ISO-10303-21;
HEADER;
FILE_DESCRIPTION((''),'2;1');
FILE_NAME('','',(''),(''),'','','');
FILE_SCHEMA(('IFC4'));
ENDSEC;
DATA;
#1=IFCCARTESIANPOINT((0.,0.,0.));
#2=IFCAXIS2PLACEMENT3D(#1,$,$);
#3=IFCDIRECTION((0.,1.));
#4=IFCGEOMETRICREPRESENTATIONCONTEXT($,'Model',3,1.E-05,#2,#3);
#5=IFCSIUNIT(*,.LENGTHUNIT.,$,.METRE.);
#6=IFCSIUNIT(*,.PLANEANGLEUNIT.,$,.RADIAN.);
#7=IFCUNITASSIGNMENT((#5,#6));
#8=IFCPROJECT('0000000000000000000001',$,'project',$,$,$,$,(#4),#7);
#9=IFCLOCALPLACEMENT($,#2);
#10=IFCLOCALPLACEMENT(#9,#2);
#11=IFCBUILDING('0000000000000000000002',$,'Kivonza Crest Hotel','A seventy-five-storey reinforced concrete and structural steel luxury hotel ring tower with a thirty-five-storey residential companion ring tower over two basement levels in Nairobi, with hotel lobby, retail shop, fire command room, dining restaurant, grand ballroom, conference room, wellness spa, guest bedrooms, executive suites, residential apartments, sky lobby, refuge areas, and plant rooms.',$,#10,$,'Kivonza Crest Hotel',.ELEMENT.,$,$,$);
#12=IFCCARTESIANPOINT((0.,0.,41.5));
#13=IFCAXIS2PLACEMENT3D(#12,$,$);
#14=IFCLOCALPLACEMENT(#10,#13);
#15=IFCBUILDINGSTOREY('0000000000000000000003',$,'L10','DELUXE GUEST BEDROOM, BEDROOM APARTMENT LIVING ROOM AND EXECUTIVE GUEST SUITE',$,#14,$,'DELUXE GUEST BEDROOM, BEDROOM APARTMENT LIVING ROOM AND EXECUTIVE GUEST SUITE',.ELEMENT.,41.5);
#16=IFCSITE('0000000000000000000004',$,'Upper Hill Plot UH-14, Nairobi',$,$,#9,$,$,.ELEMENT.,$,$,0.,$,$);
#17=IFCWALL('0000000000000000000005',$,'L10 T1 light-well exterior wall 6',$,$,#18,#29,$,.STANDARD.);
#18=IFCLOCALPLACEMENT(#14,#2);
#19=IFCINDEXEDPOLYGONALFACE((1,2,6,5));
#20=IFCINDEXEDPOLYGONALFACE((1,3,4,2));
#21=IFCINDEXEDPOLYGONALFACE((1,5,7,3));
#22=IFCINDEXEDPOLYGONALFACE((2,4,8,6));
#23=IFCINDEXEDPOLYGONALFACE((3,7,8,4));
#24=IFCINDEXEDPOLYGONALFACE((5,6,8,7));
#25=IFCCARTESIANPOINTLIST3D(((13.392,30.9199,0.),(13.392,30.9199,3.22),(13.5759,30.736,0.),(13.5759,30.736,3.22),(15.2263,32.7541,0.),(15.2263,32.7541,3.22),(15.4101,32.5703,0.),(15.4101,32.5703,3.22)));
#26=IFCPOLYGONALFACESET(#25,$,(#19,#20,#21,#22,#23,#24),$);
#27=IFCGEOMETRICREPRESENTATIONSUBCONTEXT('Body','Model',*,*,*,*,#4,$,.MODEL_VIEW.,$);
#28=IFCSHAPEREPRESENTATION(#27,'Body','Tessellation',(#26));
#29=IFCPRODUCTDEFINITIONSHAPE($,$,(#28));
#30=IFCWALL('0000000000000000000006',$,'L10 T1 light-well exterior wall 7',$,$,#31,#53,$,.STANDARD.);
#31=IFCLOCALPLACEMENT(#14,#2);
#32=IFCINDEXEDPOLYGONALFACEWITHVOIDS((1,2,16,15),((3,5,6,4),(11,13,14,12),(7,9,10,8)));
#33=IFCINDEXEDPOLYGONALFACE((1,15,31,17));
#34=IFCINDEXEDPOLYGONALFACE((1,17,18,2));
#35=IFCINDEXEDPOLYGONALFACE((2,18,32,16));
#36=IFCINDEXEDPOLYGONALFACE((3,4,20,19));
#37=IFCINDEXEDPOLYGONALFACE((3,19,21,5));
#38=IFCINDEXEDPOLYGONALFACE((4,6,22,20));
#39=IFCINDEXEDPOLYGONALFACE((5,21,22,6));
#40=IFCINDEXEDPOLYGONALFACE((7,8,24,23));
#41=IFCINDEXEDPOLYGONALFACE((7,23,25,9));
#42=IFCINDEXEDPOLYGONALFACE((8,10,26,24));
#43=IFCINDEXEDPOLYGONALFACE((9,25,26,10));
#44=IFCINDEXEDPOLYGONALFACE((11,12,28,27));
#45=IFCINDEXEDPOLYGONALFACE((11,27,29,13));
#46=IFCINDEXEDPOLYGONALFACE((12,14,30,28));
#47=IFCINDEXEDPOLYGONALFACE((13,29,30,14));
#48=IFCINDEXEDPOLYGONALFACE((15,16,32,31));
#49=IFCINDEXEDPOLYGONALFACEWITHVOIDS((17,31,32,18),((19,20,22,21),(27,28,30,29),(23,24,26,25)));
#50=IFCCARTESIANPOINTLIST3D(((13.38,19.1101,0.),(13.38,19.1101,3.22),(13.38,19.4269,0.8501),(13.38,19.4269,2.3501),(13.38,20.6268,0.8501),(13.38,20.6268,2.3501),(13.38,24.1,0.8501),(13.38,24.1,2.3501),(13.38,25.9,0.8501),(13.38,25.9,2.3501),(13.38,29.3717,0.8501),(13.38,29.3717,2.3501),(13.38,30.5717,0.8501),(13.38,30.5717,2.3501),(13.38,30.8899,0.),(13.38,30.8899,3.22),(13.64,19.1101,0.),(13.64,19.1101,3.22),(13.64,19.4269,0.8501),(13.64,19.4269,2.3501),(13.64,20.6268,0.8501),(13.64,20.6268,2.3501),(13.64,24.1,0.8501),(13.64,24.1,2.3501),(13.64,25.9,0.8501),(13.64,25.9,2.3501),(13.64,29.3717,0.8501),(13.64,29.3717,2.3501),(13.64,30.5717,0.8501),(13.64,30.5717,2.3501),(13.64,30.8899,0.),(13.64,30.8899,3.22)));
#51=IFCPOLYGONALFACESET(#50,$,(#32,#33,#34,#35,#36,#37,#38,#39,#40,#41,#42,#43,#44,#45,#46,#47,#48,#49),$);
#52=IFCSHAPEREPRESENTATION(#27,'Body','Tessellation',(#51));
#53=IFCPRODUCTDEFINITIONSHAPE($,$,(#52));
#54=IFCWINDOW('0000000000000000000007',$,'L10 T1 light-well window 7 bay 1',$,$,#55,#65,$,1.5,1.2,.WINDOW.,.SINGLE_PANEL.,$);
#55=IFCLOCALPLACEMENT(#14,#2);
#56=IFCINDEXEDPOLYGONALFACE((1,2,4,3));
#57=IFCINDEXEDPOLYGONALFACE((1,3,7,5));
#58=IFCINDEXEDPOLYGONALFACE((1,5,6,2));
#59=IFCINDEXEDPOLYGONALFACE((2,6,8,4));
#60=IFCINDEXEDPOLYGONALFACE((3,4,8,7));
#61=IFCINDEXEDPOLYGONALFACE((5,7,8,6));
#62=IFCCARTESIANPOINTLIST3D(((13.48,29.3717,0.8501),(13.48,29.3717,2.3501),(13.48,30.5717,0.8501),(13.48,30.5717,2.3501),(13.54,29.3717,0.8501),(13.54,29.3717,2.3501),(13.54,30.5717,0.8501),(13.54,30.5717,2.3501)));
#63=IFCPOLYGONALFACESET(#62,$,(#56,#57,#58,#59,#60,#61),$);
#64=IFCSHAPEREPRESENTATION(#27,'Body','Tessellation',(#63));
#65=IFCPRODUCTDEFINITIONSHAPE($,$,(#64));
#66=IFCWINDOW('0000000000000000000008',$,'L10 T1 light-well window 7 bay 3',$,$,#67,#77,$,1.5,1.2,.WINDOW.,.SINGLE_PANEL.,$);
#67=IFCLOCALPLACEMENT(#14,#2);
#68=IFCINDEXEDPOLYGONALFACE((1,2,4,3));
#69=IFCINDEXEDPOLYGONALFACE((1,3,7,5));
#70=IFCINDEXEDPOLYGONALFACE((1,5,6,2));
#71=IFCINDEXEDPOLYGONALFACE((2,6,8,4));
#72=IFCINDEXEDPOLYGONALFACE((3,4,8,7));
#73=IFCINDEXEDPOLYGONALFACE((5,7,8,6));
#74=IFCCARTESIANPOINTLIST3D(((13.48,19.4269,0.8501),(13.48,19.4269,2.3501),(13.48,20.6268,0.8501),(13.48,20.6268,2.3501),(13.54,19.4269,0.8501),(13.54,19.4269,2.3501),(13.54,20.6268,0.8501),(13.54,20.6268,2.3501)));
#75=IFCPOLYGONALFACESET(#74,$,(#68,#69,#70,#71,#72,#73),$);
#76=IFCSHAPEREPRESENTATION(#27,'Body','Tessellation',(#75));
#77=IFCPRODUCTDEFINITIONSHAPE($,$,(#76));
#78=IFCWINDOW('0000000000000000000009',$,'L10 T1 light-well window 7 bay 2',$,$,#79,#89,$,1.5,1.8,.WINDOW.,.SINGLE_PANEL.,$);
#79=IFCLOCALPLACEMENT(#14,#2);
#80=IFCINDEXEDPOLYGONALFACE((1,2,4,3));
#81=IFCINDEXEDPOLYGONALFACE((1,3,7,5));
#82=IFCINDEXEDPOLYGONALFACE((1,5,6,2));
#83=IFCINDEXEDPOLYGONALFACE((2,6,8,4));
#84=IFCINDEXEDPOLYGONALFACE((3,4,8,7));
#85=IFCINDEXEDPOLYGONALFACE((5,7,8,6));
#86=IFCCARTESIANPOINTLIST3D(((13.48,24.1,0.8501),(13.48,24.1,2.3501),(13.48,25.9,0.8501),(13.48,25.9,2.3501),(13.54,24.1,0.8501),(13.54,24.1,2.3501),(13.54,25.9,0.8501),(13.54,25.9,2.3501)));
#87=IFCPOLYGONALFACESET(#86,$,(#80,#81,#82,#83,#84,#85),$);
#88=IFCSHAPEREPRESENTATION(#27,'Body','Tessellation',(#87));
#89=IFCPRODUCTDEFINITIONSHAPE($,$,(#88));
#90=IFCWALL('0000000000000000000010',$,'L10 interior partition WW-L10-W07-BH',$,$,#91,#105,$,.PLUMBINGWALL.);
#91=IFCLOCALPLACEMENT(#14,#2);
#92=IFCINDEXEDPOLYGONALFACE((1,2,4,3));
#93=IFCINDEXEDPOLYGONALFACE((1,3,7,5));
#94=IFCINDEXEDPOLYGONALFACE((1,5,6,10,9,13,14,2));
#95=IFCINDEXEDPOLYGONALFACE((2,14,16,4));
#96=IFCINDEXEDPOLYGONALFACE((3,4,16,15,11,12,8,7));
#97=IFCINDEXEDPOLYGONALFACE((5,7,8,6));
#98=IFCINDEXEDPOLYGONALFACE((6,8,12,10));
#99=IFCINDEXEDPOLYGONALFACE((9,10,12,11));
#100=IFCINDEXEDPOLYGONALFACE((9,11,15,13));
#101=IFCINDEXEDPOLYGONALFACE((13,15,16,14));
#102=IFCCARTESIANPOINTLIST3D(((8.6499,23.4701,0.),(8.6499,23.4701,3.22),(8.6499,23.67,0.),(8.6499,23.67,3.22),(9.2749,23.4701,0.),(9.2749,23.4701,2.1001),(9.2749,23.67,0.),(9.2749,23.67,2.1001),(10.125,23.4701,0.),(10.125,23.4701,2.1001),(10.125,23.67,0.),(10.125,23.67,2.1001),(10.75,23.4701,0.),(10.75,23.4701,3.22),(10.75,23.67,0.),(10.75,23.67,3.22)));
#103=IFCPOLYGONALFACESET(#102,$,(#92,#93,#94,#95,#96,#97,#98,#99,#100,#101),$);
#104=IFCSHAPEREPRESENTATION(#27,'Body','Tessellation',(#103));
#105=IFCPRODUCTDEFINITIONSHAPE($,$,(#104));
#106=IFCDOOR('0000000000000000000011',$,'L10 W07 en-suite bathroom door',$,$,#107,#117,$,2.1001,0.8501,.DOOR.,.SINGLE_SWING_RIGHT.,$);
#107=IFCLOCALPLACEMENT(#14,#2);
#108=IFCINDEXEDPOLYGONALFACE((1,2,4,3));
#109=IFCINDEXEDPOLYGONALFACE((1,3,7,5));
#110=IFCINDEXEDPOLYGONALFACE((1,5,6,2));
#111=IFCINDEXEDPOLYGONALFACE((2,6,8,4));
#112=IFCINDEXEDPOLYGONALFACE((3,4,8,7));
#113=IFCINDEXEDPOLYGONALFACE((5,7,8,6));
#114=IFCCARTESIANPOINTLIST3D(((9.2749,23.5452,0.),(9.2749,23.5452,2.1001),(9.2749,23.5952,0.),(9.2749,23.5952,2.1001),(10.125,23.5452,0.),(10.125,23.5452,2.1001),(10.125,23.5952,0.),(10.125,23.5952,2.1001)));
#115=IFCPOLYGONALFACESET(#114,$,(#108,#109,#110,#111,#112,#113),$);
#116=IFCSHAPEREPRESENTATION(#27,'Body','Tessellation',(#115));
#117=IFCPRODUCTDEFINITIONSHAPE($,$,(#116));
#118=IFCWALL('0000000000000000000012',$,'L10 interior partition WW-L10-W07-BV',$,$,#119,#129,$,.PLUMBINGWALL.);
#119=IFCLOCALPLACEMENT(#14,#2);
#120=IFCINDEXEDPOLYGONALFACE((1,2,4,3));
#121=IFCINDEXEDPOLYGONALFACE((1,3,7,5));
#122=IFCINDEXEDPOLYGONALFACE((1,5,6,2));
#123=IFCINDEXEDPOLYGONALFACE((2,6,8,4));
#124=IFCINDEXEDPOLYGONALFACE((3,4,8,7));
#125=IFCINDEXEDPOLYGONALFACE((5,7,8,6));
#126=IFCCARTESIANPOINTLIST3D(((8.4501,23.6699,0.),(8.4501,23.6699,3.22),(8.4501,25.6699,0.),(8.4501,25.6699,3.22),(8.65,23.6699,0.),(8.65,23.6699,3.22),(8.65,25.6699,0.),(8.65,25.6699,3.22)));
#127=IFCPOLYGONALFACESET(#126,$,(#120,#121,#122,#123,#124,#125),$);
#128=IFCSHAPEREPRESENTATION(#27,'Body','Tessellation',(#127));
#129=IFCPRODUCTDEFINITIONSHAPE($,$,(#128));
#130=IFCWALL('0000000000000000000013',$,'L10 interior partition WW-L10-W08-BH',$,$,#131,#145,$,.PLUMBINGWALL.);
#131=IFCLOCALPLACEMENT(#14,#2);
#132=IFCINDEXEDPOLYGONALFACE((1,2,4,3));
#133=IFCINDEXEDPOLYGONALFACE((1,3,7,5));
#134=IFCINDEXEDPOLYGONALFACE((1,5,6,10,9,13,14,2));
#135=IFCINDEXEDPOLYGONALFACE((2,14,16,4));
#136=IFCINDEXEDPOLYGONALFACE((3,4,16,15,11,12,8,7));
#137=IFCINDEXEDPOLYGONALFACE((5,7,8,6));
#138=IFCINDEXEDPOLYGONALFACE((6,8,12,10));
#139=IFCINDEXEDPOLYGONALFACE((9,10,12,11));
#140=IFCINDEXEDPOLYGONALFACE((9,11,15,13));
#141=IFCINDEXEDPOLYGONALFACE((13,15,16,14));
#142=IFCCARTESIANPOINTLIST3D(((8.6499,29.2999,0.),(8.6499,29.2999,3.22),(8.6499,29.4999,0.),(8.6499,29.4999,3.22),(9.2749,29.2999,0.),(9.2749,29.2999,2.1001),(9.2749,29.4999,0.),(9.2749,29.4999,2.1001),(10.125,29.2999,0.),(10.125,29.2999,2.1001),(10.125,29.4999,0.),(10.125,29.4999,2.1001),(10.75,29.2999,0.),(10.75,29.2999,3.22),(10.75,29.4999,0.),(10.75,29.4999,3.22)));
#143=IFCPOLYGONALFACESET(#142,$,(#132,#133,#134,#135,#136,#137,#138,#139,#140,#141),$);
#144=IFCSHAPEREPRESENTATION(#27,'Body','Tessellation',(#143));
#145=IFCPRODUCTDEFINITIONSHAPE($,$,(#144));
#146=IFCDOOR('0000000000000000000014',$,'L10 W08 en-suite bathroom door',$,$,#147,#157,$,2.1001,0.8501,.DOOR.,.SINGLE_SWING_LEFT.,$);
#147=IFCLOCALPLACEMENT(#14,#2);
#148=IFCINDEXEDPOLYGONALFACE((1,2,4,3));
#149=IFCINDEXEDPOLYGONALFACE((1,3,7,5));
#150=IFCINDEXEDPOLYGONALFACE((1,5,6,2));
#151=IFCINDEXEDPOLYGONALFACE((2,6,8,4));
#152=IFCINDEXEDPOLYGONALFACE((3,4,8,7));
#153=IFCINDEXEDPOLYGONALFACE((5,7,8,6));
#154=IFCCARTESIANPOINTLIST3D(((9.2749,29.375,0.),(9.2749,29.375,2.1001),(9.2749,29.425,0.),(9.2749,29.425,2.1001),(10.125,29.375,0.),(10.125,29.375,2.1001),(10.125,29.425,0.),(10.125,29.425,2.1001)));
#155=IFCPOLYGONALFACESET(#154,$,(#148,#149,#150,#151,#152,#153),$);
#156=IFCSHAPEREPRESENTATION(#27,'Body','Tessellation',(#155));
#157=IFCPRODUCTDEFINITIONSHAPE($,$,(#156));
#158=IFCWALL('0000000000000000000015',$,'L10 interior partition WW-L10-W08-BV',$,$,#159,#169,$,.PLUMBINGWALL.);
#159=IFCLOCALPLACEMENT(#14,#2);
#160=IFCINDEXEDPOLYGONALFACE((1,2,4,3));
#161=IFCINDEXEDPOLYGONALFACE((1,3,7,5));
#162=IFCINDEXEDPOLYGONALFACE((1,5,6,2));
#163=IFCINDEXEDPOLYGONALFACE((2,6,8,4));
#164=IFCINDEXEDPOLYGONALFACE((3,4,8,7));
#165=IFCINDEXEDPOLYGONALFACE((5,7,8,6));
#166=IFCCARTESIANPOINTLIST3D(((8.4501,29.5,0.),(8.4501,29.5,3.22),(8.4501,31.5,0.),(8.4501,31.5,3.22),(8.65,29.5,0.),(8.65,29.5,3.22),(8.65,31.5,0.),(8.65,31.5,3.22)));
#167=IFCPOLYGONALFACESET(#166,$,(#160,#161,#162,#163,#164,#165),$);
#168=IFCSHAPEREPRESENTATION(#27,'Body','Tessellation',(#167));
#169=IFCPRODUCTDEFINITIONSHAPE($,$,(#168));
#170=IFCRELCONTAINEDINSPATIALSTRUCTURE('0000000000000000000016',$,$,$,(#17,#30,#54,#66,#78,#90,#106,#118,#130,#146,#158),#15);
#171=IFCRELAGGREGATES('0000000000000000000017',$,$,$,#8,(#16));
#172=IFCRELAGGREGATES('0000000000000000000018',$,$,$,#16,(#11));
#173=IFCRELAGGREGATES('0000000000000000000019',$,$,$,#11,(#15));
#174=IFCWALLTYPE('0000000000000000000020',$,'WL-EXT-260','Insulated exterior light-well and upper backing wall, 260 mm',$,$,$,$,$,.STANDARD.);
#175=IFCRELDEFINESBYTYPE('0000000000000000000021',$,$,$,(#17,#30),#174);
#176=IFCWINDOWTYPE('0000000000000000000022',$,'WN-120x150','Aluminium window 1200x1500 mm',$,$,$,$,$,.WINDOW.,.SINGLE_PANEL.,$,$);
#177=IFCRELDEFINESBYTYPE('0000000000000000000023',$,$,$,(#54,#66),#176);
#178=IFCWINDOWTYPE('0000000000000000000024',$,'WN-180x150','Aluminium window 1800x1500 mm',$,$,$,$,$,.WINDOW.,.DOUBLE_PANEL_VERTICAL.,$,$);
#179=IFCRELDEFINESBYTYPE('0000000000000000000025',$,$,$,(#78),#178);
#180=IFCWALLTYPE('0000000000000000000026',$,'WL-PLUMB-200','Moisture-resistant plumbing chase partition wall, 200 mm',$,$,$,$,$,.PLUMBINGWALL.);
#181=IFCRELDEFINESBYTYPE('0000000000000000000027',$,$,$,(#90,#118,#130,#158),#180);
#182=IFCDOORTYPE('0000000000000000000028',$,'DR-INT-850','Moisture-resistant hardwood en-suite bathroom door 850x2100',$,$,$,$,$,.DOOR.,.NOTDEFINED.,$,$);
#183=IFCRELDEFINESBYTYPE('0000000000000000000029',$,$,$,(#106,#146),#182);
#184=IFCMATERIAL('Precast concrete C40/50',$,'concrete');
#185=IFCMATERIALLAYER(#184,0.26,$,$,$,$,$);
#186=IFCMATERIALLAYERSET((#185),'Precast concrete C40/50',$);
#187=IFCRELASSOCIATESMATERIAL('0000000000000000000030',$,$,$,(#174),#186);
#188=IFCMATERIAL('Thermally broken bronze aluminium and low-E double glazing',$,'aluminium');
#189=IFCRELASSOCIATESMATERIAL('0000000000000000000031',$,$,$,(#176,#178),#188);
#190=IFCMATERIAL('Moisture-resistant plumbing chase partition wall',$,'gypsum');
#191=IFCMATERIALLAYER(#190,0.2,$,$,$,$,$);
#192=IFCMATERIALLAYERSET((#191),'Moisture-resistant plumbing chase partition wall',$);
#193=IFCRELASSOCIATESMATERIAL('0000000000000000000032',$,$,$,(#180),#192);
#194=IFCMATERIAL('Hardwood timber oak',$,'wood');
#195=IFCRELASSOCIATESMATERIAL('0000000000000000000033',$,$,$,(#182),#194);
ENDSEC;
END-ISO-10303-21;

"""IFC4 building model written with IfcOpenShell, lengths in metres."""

from ifc_helpers import new_model, si_unit, direction, frame, frame_2d, origin, place, context, subcontext, project, spatial, rectangle, extrude, material, layer, layer_set, type_object, element, fill, save


model = new_model("IFC4")

# Units and contexts
model_context = context("Model", 3, precision=1e-05, world=origin(), true_north=direction((0.0, 1.0)))
body_context = subcontext(model_context, "Body", "Model", "MODEL_VIEW")
ifc_project = project(units=[si_unit("LENGTHUNIT", "METRE"), si_unit("PLANEANGLEUNIT", "RADIAN")], contexts=[model_context])

# Site, building, storey
site_placement = place(None, origin())
site = spatial("IfcSite", under=ifc_project, at=site_placement, Name="Upper Hill Plot UH-14, Nairobi", CompositionType="ELEMENT", RefElevation=0.0)
building_placement = place(site_placement, origin())
building = spatial("IfcBuilding", under=site, at=building_placement, Name="Kivonza Crest Hotel", Description="A seventy-five-storey reinforced concrete and structural steel luxury hotel ring tower with a thirty-five-storey residential companion ring tower over two basement levels in Nairobi, with hotel lobby, retail shop, fire command room, dining restaurant, grand ballroom, conference room, wellness spa, guest bedrooms, executive suites, residential apartments, sky lobby, refuge areas, and plant rooms.", LongName="Kivonza Crest Hotel", CompositionType="ELEMENT")
storey_placement = place(building_placement, frame((0.0, 0.0, 41.5)))
storey = spatial("IfcBuildingStorey", under=building, at=storey_placement, Name="L10", Description="DELUXE GUEST BEDROOM, BEDROOM APARTMENT LIVING ROOM AND EXECUTIVE GUEST SUITE", LongName="DELUXE GUEST BEDROOM, BEDROOM APARTMENT LIVING ROOM AND EXECUTIVE GUEST SUITE", CompositionType="ELEMENT", Elevation=41.5)

# Shared definitions
ifc_material_1 = material(Name="Hardwood timber oak", Category="wood")

# Wall
ifc_material_2 = material(Name="Precast concrete C40/50", Category="concrete")
ifc_layer_1 = layer(ifc_material_2, 0.26)
ifc_layer_set_1 = layer_set([ifc_layer_1], Name="Precast concrete C40/50")
wall_type_1 = type_object("IfcWallType", Name="WL-EXT-260", Description="Insulated exterior light-well and upper backing wall, 260 mm", PredefinedType="STANDARD", material=ifc_layer_set_1)
wall_1_placement = place(storey_placement, frame((15.3181, 32.6621, 0.0), z_axis=(0.0, 0.0, 1.0), x_axis=(-0.707107, -0.707107, 0.0)))
element("IfcWall", 1, at=wall_1_placement, inside=storey, type_object=wall_type_1, Name="L10 T1 light-well exterior wall 6", PredefinedType="STANDARD", context=body_context, shape_type="SweptSolid", body=[
    extrude(rectangle(XDim=2.594, YDim=0.26, at=frame_2d((1.2969, 0.0))), origin(), (0.0, 0.0, 1.0), 3.22),
])

# Wall, openings, windows
wall_2_placement = place(storey_placement, frame((13.51, 30.8899, 0.0), z_axis=(0.0, 0.0, 1.0), x_axis=(0.0, -1.0, 0.0)))
wall_2 = element("IfcWall", 2, at=wall_2_placement, inside=storey, type_object=wall_type_1, Name="L10 T1 light-well exterior wall 7", PredefinedType="STANDARD", context=body_context, shape_type="SweptSolid", body=[
    extrude(rectangle(XDim=11.7798, YDim=0.26, at=frame_2d((5.8899, 0.0))), origin(), (0.0, 0.0, 1.0), 3.22),
])
opening_1_placement = place(wall_2_placement, frame((0.3181, 0.0, 0.8501)))
opening_1 = element("IfcOpeningElement", 3, at=opening_1_placement, cuts=wall_2, PredefinedType="OPENING", context=body_context, shape_type="SweptSolid", body=[
    extrude(rectangle(XDim=1.2, YDim=1.5, at=frame_2d((0.6001, 0.75))), frame((0.0, 0.1401, 0.0), z_axis=(0.0, -1.0, 0.0), x_axis=(1.0, 0.0, 0.0)), (0.0, 0.0, 1.0), 0.28),
])
opening_2_placement = place(wall_2_placement, frame((4.99, 0.0, 0.8501)))
opening_2 = element("IfcOpeningElement", 4, at=opening_2_placement, cuts=wall_2, PredefinedType="OPENING", context=body_context, shape_type="SweptSolid", body=[
    extrude(rectangle(XDim=1.8, YDim=1.5, at=frame_2d((0.8999, 0.75))), frame((0.0, 0.1401, 0.0), z_axis=(0.0, -1.0, 0.0), x_axis=(1.0, 0.0, 0.0)), (0.0, 0.0, 1.0), 0.28),
])
opening_3_placement = place(wall_2_placement, frame((10.2629, 0.0, 0.8501)))
opening_3 = element("IfcOpeningElement", 5, at=opening_3_placement, cuts=wall_2, PredefinedType="OPENING", context=body_context, shape_type="SweptSolid", body=[
    extrude(rectangle(XDim=1.2, YDim=1.5, at=frame_2d((0.6001, 0.75))), frame((0.0, 0.1401, 0.0), z_axis=(0.0, -1.0, 0.0), x_axis=(1.0, 0.0, 0.0)), (0.0, 0.0, 1.0), 0.28),
])
ifc_material_3 = material(Name="Thermally broken bronze aluminium and low-E double glazing", Category="aluminium")
window_type_1 = type_object("IfcWindowType", Name="WN-120x150", Description="Aluminium window 1200x1500 mm", PartitioningType="SINGLE_PANEL", PredefinedType="WINDOW", material=ifc_material_3)
window_1_placement = place(opening_1_placement, origin())
window_1 = element("IfcWindow", 6, at=window_1_placement, inside=storey, type_object=window_type_1, Name="L10 T1 light-well window 7 bay 1", OverallHeight=1.5, OverallWidth=1.2, PartitioningType="SINGLE_PANEL", PredefinedType="WINDOW", context=body_context, shape_type="SweptSolid", body=[
    extrude(rectangle(XDim=1.2, YDim=1.5, at=frame_2d((0.6001, 0.75))), frame((0.0, 0.03, 0.0), z_axis=(0.0, -1.0, 0.0), x_axis=(1.0, 0.0, 0.0)), (0.0, 0.0, 1.0), 0.0601),
])
fill(opening_1, window_1)
window_2_placement = place(opening_3_placement, origin())
window_2 = element("IfcWindow", 7, at=window_2_placement, inside=storey, type_object=window_type_1, Name="L10 T1 light-well window 7 bay 3", OverallHeight=1.5, OverallWidth=1.2, PartitioningType="SINGLE_PANEL", PredefinedType="WINDOW", context=body_context, shape_type="SweptSolid", body=[
    extrude(rectangle(XDim=1.2, YDim=1.5, at=frame_2d((0.6001, 0.75))), frame((0.0, 0.03, 0.0), z_axis=(0.0, -1.0, 0.0), x_axis=(1.0, 0.0, 0.0)), (0.0, 0.0, 1.0), 0.0601),
])
fill(opening_3, window_2)
window_type_2 = type_object("IfcWindowType", Name="WN-180x150", Description="Aluminium window 1800x1500 mm", PartitioningType="DOUBLE_PANEL_VERTICAL", PredefinedType="WINDOW", material=ifc_material_3)
window_3_placement = place(opening_2_placement, origin())
window_3 = element("IfcWindow", 8, at=window_3_placement, inside=storey, type_object=window_type_2, Name="L10 T1 light-well window 7 bay 2", OverallHeight=1.5, OverallWidth=1.8, PartitioningType="SINGLE_PANEL", PredefinedType="WINDOW", context=body_context, shape_type="SweptSolid", body=[
    extrude(rectangle(XDim=1.8, YDim=1.5, at=frame_2d((0.8999, 0.75))), frame((0.0, 0.03, 0.0), z_axis=(0.0, -1.0, 0.0), x_axis=(1.0, 0.0, 0.0)), (0.0, 0.0, 1.0), 0.0601),
])
fill(opening_2, window_3)

# Wall, opening, door
ifc_material_4 = material(Name="Moisture-resistant plumbing chase partition wall", Category="gypsum")
ifc_layer_2 = layer(ifc_material_4, 0.2)
ifc_layer_set_2 = layer_set([ifc_layer_2], Name="Moisture-resistant plumbing chase partition wall")
wall_type_2 = type_object("IfcWallType", Name="WL-PLUMB-200", Description="Moisture-resistant plumbing chase partition wall, 200 mm", PredefinedType="PLUMBINGWALL", material=ifc_layer_set_2)
wall_3_placement = place(storey_placement, frame((8.6499, 23.5701, 0.0), z_axis=(0.0, 0.0, 1.0), x_axis=(1.0, 0.0, 0.0)))
wall_3 = element("IfcWall", 9, at=wall_3_placement, inside=storey, type_object=wall_type_2, Name="L10 interior partition WW-L10-W07-BH", PredefinedType="PLUMBINGWALL", context=body_context, shape_type="SweptSolid", body=[
    extrude(rectangle(XDim=2.1001, YDim=0.2, at=frame_2d((1.05, 0.0))), origin(), (0.0, 0.0, 1.0), 3.22),
])
opening_4_placement = place(wall_3_placement, frame((0.625, 0.0, 0.0)))
opening_4 = element("IfcOpeningElement", 10, at=opening_4_placement, cuts=wall_3, PredefinedType="OPENING", context=body_context, shape_type="SweptSolid", body=[
    extrude(rectangle(XDim=0.8501, YDim=2.1001, at=frame_2d((0.425, 1.05))), frame((0.0, 0.1099, 0.0), z_axis=(0.0, -1.0, 0.0), x_axis=(1.0, 0.0, 0.0)), (0.0, 0.0, 1.0), 0.22),
])
door_type_1 = type_object("IfcDoorType", Name="DR-INT-850", Description="Moisture-resistant hardwood en-suite bathroom door 850x2100", OperationType="NOTDEFINED", PredefinedType="DOOR", material=ifc_material_1)
door_1_placement = place(opening_4_placement, frame((0.8501, 0.0, 0.0), z_axis=(0.0, 0.0, 1.0), x_axis=(-1.0, 0.0, 0.0)))
door_1 = element("IfcDoor", 11, at=door_1_placement, inside=storey, type_object=door_type_1, Name="L10 W07 en-suite bathroom door", OperationType="SINGLE_SWING_RIGHT", OverallHeight=2.1001, OverallWidth=0.8501, PredefinedType="DOOR", context=body_context, shape_type="SweptSolid", body=[
    extrude(rectangle(XDim=0.8501, YDim=2.1001, at=frame_2d((0.425, 1.05))), frame((0.0, 0.0249, 0.0), z_axis=(0.0, -1.0, 0.0), x_axis=(1.0, 0.0, 0.0)), (0.0, 0.0, 1.0), 0.05),
])
fill(opening_4, door_1)

# Wall
wall_4_placement = place(storey_placement, frame((8.55, 23.6699, 0.0), z_axis=(0.0, 0.0, 1.0), x_axis=(0.0, 1.0, 0.0)))
element("IfcWall", 12, at=wall_4_placement, inside=storey, type_object=wall_type_2, Name="L10 interior partition WW-L10-W07-BV", PredefinedType="PLUMBINGWALL", context=body_context, shape_type="SweptSolid", body=[
    extrude(rectangle(XDim=2.0, YDim=0.2, at=frame_2d((1.0, 0.0))), origin(), (0.0, 0.0, 1.0), 3.22),
])

# Wall, opening, door
wall_5_placement = place(storey_placement, frame((8.6499, 29.3999, 0.0), z_axis=(0.0, 0.0, 1.0), x_axis=(1.0, 0.0, 0.0)))
wall_5 = element("IfcWall", 13, at=wall_5_placement, inside=storey, type_object=wall_type_2, Name="L10 interior partition WW-L10-W08-BH", PredefinedType="PLUMBINGWALL", context=body_context, shape_type="SweptSolid", body=[
    extrude(rectangle(XDim=2.1001, YDim=0.2, at=frame_2d((1.05, 0.0))), origin(), (0.0, 0.0, 1.0), 3.22),
])
opening_5_placement = place(wall_5_placement, frame((0.625, 0.0, 0.0)))
opening_5 = element("IfcOpeningElement", 14, at=opening_5_placement, cuts=wall_5, PredefinedType="OPENING", context=body_context, shape_type="SweptSolid", body=[
    extrude(rectangle(XDim=0.8501, YDim=2.1001, at=frame_2d((0.425, 1.05))), frame((0.0, 0.1099, 0.0), z_axis=(0.0, -1.0, 0.0), x_axis=(1.0, 0.0, 0.0)), (0.0, 0.0, 1.0), 0.22),
])
door_2_placement = place(opening_5_placement, frame((0.8501, 0.0, 0.0), z_axis=(0.0, 0.0, 1.0), x_axis=(-1.0, 0.0, 0.0)))
door_2 = element("IfcDoor", 15, at=door_2_placement, inside=storey, type_object=door_type_1, Name="L10 W08 en-suite bathroom door", OperationType="SINGLE_SWING_LEFT", OverallHeight=2.1001, OverallWidth=0.8501, PredefinedType="DOOR", context=body_context, shape_type="SweptSolid", body=[
    extrude(rectangle(XDim=0.8501, YDim=2.1001, at=frame_2d((0.425, 1.05))), frame((0.0, 0.0249, 0.0), z_axis=(0.0, -1.0, 0.0), x_axis=(1.0, 0.0, 0.0)), (0.0, 0.0, 1.0), 0.05),
])
fill(opening_5, door_2)

# Wall
wall_6_placement = place(storey_placement, frame((8.55, 29.5, 0.0), z_axis=(0.0, 0.0, 1.0), x_axis=(0.0, 1.0, 0.0)))
element("IfcWall", 16, at=wall_6_placement, inside=storey, type_object=wall_type_2, Name="L10 interior partition WW-L10-W08-BV", PredefinedType="PLUMBINGWALL", context=body_context, shape_type="SweptSolid", body=[
    extrude(rectangle(XDim=2.0, YDim=0.2, at=frame_2d((1.0, 0.0))), origin(), (0.0, 0.0, 1.0), 3.22),
])

save(model, "model.ifc")
